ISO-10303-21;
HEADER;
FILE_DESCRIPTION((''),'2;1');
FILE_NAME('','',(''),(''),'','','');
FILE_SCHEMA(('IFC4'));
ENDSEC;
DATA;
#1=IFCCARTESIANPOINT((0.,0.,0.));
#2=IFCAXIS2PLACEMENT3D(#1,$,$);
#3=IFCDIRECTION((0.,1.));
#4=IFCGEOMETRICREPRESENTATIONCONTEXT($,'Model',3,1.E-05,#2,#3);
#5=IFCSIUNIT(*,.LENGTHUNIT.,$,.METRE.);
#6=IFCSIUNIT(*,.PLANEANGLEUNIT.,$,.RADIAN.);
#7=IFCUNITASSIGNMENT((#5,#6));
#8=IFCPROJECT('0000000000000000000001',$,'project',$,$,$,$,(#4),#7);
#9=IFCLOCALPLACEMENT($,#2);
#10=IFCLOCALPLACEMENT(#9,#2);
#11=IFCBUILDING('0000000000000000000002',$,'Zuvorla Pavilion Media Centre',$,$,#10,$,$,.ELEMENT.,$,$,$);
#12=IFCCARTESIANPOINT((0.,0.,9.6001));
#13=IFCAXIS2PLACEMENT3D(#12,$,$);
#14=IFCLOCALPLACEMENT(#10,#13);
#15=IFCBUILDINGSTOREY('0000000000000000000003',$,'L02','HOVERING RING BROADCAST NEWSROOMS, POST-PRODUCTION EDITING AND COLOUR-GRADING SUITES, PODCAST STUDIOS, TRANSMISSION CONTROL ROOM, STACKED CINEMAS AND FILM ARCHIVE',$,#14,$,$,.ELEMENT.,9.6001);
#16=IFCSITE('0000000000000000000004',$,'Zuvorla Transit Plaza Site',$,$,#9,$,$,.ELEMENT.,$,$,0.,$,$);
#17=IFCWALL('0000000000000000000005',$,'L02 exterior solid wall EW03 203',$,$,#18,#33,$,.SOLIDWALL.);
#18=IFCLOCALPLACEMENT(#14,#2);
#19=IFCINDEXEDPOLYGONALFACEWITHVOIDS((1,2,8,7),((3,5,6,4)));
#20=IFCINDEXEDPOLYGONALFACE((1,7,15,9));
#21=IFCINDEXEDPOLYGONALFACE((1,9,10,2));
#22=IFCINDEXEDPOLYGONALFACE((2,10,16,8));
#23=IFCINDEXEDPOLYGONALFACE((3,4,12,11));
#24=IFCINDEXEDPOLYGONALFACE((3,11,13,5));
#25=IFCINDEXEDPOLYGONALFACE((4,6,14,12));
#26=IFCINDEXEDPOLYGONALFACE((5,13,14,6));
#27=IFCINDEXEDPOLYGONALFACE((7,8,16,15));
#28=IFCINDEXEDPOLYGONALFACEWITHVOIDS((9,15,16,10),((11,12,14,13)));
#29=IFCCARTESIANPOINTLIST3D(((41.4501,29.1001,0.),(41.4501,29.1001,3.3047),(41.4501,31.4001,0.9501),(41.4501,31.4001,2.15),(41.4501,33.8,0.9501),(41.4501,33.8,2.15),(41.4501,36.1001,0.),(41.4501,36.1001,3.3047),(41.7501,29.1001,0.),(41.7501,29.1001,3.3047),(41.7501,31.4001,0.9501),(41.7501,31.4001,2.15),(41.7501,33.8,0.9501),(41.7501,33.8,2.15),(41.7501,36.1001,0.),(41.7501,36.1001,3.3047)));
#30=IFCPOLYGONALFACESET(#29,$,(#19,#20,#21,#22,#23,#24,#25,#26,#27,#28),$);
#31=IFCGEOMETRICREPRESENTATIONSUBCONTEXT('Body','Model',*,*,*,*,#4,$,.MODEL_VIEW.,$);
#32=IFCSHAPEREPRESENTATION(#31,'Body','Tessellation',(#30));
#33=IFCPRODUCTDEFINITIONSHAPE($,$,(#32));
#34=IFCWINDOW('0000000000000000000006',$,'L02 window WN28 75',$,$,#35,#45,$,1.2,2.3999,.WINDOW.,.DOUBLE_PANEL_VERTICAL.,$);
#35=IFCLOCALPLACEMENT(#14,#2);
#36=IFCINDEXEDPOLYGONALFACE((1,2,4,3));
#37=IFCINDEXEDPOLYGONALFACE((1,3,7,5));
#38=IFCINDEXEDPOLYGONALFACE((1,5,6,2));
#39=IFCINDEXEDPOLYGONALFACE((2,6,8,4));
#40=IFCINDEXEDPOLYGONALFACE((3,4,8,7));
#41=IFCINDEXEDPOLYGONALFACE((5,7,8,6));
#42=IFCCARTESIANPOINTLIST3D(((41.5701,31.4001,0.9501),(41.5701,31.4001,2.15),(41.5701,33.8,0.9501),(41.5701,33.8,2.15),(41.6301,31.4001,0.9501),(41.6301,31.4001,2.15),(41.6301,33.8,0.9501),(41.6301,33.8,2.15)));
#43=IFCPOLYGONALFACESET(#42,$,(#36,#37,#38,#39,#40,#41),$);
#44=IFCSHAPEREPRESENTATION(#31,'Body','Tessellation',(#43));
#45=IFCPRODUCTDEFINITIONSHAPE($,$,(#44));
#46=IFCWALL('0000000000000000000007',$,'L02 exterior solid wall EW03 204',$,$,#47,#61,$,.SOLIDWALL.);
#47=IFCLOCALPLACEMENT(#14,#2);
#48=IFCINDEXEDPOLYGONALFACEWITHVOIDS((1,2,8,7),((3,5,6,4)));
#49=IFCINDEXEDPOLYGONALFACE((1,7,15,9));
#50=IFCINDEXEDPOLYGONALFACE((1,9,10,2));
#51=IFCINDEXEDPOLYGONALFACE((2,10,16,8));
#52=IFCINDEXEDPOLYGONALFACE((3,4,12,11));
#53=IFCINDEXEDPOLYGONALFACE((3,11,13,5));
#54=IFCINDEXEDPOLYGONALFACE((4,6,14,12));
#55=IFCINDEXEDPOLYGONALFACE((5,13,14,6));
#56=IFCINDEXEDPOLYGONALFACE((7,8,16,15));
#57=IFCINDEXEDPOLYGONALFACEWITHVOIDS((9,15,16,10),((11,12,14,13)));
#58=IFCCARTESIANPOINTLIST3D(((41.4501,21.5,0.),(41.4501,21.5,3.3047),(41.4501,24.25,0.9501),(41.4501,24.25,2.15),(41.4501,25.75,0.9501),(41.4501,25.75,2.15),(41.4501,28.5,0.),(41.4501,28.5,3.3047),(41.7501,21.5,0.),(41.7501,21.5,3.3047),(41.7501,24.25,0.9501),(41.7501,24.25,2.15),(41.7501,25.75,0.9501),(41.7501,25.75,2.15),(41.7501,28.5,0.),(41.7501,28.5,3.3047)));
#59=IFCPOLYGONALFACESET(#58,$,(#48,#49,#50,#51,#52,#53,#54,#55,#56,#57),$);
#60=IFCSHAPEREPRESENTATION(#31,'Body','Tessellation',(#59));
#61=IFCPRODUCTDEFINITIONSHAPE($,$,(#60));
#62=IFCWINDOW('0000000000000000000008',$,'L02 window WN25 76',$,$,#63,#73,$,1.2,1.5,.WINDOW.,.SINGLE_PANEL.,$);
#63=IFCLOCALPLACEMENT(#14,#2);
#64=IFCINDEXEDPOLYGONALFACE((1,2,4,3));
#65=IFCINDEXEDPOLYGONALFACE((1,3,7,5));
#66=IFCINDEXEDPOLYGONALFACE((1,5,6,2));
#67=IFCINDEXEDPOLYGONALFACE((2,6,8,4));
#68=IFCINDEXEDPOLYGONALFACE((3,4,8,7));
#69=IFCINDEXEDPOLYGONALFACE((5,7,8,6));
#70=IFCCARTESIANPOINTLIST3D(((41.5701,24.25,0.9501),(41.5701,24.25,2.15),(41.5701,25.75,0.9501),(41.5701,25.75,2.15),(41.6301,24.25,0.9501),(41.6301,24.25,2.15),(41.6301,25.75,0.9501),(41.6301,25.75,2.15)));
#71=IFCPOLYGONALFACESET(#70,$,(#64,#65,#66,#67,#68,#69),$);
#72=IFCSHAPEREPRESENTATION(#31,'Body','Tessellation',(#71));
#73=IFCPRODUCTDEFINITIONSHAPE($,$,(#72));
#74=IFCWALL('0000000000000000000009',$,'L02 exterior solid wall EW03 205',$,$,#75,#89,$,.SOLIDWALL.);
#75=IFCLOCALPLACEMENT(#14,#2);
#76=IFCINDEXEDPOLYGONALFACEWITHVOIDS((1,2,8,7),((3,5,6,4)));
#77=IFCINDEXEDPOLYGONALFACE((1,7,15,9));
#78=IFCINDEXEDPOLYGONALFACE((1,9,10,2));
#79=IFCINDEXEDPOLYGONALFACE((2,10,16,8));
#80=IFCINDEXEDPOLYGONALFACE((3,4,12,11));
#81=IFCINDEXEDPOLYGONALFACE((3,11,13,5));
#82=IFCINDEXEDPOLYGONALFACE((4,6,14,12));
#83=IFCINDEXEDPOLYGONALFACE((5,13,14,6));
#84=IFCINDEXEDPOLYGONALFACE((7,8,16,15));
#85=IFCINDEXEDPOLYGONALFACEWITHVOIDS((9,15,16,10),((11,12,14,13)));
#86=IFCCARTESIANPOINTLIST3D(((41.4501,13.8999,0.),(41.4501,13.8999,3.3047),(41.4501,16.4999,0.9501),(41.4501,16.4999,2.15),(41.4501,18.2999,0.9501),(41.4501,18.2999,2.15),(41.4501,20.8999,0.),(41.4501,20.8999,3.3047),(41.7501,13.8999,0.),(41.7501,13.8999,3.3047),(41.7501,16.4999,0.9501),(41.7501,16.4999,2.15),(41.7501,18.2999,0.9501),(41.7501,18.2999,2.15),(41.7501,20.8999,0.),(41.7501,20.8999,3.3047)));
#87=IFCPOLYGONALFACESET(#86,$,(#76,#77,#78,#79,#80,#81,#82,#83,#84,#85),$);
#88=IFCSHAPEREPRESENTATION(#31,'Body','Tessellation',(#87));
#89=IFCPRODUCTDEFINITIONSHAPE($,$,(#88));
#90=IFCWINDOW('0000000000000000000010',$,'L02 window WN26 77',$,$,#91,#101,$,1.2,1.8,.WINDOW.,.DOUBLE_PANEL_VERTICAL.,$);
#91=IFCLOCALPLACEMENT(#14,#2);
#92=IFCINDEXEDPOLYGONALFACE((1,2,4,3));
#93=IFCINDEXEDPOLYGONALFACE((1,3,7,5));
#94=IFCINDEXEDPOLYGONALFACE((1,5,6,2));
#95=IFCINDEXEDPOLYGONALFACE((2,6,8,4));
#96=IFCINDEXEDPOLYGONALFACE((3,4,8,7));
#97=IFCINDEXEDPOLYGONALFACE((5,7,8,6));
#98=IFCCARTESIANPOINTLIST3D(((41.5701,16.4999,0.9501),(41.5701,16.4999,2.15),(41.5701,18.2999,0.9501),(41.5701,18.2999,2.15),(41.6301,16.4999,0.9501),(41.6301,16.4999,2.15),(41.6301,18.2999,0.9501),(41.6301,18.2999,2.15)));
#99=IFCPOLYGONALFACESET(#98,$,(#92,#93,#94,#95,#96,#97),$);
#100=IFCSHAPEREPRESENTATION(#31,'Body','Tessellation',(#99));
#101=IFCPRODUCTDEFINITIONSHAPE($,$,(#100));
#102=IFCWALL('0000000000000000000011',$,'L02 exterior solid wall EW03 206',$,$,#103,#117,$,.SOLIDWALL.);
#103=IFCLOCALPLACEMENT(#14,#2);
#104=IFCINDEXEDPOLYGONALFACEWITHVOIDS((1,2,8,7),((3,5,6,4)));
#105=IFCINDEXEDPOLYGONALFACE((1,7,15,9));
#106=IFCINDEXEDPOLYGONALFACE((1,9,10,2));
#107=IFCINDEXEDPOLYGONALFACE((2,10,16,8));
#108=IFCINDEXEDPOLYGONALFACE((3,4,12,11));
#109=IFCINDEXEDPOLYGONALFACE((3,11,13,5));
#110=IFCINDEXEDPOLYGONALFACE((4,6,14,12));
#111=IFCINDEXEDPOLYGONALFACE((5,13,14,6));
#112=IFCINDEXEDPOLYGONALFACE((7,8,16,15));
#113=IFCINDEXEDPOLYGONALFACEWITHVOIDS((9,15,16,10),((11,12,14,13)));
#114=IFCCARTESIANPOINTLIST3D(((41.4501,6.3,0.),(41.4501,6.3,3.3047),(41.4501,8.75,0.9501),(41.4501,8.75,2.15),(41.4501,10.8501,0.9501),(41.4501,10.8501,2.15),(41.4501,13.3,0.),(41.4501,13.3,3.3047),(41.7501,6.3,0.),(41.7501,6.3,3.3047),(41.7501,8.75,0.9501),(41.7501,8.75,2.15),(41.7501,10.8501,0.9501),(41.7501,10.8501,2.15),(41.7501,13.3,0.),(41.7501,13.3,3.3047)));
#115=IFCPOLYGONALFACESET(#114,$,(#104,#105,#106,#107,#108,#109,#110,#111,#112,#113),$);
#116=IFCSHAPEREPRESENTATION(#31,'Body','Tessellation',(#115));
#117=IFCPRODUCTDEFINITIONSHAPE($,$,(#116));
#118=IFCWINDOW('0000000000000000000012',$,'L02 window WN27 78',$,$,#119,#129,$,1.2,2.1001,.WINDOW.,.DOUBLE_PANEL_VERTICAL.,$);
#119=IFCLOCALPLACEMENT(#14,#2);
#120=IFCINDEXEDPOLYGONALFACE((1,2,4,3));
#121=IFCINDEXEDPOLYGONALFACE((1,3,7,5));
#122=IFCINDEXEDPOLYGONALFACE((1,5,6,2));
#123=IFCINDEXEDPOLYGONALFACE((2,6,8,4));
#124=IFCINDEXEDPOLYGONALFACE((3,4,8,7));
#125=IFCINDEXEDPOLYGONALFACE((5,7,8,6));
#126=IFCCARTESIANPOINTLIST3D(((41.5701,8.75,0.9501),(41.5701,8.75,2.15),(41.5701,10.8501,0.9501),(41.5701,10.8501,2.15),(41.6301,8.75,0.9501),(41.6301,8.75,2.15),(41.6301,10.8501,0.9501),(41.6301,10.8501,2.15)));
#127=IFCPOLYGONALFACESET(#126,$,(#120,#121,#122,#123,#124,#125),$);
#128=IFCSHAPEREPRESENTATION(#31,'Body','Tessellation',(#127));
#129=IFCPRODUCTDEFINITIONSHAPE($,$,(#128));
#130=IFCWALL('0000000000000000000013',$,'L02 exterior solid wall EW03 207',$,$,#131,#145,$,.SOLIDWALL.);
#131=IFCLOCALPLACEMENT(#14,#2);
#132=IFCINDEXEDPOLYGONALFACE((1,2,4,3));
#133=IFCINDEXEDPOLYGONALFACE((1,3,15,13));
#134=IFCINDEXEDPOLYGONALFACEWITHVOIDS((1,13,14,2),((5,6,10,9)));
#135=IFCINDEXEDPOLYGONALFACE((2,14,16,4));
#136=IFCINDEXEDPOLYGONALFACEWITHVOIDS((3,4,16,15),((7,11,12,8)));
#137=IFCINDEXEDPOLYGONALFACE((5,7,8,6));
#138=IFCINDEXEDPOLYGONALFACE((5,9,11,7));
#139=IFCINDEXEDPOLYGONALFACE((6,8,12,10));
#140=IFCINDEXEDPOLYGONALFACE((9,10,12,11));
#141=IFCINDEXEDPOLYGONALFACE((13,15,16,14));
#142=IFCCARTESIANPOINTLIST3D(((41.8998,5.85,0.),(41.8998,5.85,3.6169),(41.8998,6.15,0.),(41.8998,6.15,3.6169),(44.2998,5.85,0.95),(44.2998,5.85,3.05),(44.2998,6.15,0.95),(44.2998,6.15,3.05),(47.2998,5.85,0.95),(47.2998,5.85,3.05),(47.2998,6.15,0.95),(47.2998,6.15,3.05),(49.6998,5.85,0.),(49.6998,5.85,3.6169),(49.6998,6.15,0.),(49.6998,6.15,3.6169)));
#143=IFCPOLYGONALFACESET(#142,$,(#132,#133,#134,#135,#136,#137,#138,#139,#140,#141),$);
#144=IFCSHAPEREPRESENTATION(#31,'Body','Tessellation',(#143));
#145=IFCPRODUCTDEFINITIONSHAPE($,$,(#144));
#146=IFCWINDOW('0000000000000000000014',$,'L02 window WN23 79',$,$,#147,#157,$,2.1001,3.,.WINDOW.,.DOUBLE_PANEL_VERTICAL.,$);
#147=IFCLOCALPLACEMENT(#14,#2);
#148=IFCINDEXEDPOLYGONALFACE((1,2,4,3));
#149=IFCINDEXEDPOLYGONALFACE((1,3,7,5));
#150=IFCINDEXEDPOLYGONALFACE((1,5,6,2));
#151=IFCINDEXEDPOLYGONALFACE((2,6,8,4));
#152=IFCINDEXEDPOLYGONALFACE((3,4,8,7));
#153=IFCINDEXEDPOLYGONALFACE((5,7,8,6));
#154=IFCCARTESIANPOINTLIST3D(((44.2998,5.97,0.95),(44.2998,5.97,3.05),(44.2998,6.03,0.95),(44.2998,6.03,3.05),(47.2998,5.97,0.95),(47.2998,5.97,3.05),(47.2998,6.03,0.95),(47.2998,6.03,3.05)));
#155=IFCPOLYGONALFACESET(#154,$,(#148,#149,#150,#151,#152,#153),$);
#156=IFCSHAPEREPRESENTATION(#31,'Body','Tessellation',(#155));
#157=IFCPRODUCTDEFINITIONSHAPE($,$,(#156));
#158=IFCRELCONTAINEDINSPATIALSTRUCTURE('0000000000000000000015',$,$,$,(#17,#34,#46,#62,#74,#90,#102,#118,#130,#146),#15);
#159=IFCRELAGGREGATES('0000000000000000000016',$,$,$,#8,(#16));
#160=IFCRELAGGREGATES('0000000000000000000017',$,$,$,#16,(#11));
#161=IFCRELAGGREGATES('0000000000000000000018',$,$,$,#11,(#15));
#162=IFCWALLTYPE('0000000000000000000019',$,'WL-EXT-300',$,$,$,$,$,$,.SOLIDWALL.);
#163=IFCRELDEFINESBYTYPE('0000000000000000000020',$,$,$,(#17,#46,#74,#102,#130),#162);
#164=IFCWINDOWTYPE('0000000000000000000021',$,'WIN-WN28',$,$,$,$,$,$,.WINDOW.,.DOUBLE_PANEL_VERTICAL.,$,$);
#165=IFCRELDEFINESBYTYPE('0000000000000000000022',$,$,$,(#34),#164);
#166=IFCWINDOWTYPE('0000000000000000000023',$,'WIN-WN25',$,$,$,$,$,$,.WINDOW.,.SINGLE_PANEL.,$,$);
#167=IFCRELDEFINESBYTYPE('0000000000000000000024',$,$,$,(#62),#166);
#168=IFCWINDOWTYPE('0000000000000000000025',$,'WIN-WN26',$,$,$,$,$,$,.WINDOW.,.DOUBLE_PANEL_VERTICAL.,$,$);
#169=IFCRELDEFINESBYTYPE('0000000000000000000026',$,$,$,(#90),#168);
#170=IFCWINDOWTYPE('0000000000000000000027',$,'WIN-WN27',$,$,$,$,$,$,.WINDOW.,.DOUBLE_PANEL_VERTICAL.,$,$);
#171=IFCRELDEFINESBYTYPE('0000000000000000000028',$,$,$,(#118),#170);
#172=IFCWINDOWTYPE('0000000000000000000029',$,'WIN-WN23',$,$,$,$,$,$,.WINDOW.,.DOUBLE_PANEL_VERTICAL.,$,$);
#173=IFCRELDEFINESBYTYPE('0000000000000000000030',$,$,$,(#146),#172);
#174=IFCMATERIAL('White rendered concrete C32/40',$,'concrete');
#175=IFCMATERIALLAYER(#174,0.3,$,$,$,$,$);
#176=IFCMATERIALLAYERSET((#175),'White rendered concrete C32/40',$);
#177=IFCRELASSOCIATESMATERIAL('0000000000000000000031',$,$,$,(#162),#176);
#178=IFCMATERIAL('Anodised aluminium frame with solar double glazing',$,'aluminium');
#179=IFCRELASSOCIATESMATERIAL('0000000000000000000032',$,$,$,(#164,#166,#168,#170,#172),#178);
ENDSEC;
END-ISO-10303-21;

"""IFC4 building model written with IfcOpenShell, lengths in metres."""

from ifc_helpers import new_model, si_unit, direction, frame, frame_2d, origin, place, context, subcontext, project, spatial, rectangle, extrude, material, layer, layer_set, type_object, element, fill, save


model = new_model("IFC4")

# Units and contexts
model_context = context("Model", 3, precision=1e-05, world=origin(), true_north=direction((0.0, 1.0)))
body_context = subcontext(model_context, "Body", "Model", "MODEL_VIEW")
ifc_project = project(units=[si_unit("LENGTHUNIT", "METRE"), si_unit("PLANEANGLEUNIT", "RADIAN")], contexts=[model_context])

# Site, building, storey
site_placement = place(None, origin())
site = spatial("IfcSite", under=ifc_project, at=site_placement, Name="Zuvorla Transit Plaza Site", CompositionType="ELEMENT", RefElevation=0.0)
building_placement = place(site_placement, origin())
building = spatial("IfcBuilding", under=site, at=building_placement, Name="Zuvorla Pavilion Media Centre", CompositionType="ELEMENT")
storey_placement = place(building_placement, frame((0.0, 0.0, 9.6001)))
storey = spatial("IfcBuildingStorey", under=building, at=storey_placement, Name="L02", Description="HOVERING RING BROADCAST NEWSROOMS, POST-PRODUCTION EDITING AND COLOUR-GRADING SUITES, PODCAST STUDIOS, TRANSMISSION CONTROL ROOM, STACKED CINEMAS AND FILM ARCHIVE", CompositionType="ELEMENT", Elevation=9.6001)

# Walls, openings, windows
ifc_material_1 = material(Name="White rendered concrete C32/40", Category="concrete")
ifc_layer_1 = layer(ifc_material_1, 0.3)
ifc_layer_set_1 = layer_set([ifc_layer_1], Name="White rendered concrete C32/40")
wall_type_1 = type_object("IfcWallType", Name="WL-EXT-300", PredefinedType="SOLIDWALL", material=ifc_layer_set_1)
wall_1_placement = place(storey_placement, frame((41.6001, 36.1001, 0.0), z_axis=(0.0, 0.0, 1.0), x_axis=(0.0, -1.0, 0.0)))
wall_1 = element("IfcWall", 1, at=wall_1_placement, inside=storey, type_object=wall_type_1, Name="L02 exterior solid wall EW03 203", PredefinedType="SOLIDWALL", context=body_context, shape_type="SweptSolid", body=[
    extrude(rectangle(XDim=7.0, YDim=0.3, at=frame_2d((3.5, 0.0))), origin(), (0.0, 0.0, 1.0), 3.3047),
])
opening_1_placement = place(wall_1_placement, frame((2.3, 0.0, 0.95)))
opening_1 = element("IfcOpeningElement", 2, at=opening_1_placement, cuts=wall_1, PredefinedType="OPENING", context=body_context, shape_type="SweptSolid", body=[
    extrude(rectangle(XDim=2.3999, YDim=1.2, at=frame_2d((1.2, 0.6001))), frame((0.0, 0.1599, 0.0), z_axis=(0.0, -1.0, 0.0), x_axis=(1.0, 0.0, 0.0)), (0.0, 0.0, 1.0), 0.3201),
])
ifc_material_2 = material(Name="Anodised aluminium frame with solar double glazing", Category="aluminium")
window_type_1 = type_object("IfcWindowType", Name="WIN-WN28", PartitioningType="DOUBLE_PANEL_VERTICAL", PredefinedType="WINDOW", material=ifc_material_2)
window_1_placement = place(opening_1_placement, origin())
window_1 = element("IfcWindow", 3, at=window_1_placement, inside=storey, type_object=window_type_1, Name="L02 window WN28 75", OverallHeight=1.2, OverallWidth=2.3999, PartitioningType="DOUBLE_PANEL_VERTICAL", PredefinedType="WINDOW", context=body_context, shape_type="SweptSolid", body=[
    extrude(rectangle(XDim=2.3999, YDim=1.2, at=frame_2d((1.2, 0.6001))), frame((0.0, 0.03, 0.0), z_axis=(0.0, -1.0, 0.0), x_axis=(1.0, 0.0, 0.0)), (0.0, 0.0, 1.0), 0.0601),
])
fill(opening_1, window_1)
wall_2_placement = place(storey_placement, frame((41.6001, 28.5, 0.0), z_axis=(0.0, 0.0, 1.0), x_axis=(0.0, -1.0, 0.0)))
wall_2 = element("IfcWall", 4, at=wall_2_placement, inside=storey, type_object=wall_type_1, Name="L02 exterior solid wall EW03 204", PredefinedType="SOLIDWALL", context=body_context, shape_type="SweptSolid", body=[
    extrude(rectangle(XDim=7.0, YDim=0.3, at=frame_2d((3.5, 0.0))), origin(), (0.0, 0.0, 1.0), 3.3047),
])
opening_2_placement = place(wall_2_placement, frame((2.75, 0.0, 0.95)))
opening_2 = element("IfcOpeningElement", 5, at=opening_2_placement, cuts=wall_2, PredefinedType="OPENING", context=body_context, shape_type="SweptSolid", body=[
    extrude(rectangle(XDim=1.5, YDim=1.2, at=frame_2d((0.75, 0.6001))), frame((0.0, 0.1599, 0.0), z_axis=(0.0, -1.0, 0.0), x_axis=(1.0, 0.0, 0.0)), (0.0, 0.0, 1.0), 0.3201),
])
window_type_2 = type_object("IfcWindowType", Name="WIN-WN25", PartitioningType="SINGLE_PANEL", PredefinedType="WINDOW", material=ifc_material_2)
window_2_placement = place(opening_2_placement, origin())
window_2 = element("IfcWindow", 6, at=window_2_placement, inside=storey, type_object=window_type_2, Name="L02 window WN25 76", OverallHeight=1.2, OverallWidth=1.5, PartitioningType="SINGLE_PANEL", PredefinedType="WINDOW", context=body_context, shape_type="SweptSolid", body=[
    extrude(rectangle(XDim=1.5, YDim=1.2, at=frame_2d((0.75, 0.6001))), frame((0.0, 0.03, 0.0), z_axis=(0.0, -1.0, 0.0), x_axis=(1.0, 0.0, 0.0)), (0.0, 0.0, 1.0), 0.0601),
])
fill(opening_2, window_2)
wall_3_placement = place(storey_placement, frame((41.6001, 20.8999, 0.0), z_axis=(0.0, 0.0, 1.0), x_axis=(0.0, -1.0, 0.0)))
wall_3 = element("IfcWall", 7, at=wall_3_placement, inside=storey, type_object=wall_type_1, Name="L02 exterior solid wall EW03 205", PredefinedType="SOLIDWALL", context=body_context, shape_type="SweptSolid", body=[
    extrude(rectangle(XDim=7.0, YDim=0.3, at=frame_2d((3.5, 0.0))), origin(), (0.0, 0.0, 1.0), 3.3047),
])
opening_3_placement = place(wall_3_placement, frame((2.6001, 0.0, 0.95)))
opening_3 = element("IfcOpeningElement", 8, at=opening_3_placement, cuts=wall_3, PredefinedType="OPENING", context=body_context, shape_type="SweptSolid", body=[
    extrude(rectangle(XDim=1.8, YDim=1.2, at=frame_2d((0.8999, 0.6001))), frame((0.0, 0.1599, 0.0), z_axis=(0.0, -1.0, 0.0), x_axis=(1.0, 0.0, 0.0)), (0.0, 0.0, 1.0), 0.3201),
])
window_type_3 = type_object("IfcWindowType", Name="WIN-WN26", PartitioningType="DOUBLE_PANEL_VERTICAL", PredefinedType="WINDOW", material=ifc_material_2)
window_3_placement = place(opening_3_placement, origin())
window_3 = element("IfcWindow", 9, at=window_3_placement, inside=storey, type_object=window_type_3, Name="L02 window WN26 77", OverallHeight=1.2, OverallWidth=1.8, PartitioningType="DOUBLE_PANEL_VERTICAL", PredefinedType="WINDOW", context=body_context, shape_type="SweptSolid", body=[
    extrude(rectangle(XDim=1.8, YDim=1.2, at=frame_2d((0.8999, 0.6001))), frame((0.0, 0.03, 0.0), z_axis=(0.0, -1.0, 0.0), x_axis=(1.0, 0.0, 0.0)), (0.0, 0.0, 1.0), 0.0601),
])
fill(opening_3, window_3)
wall_4_placement = place(storey_placement, frame((41.6001, 13.3, 0.0), z_axis=(0.0, 0.0, 1.0), x_axis=(0.0, -1.0, 0.0)))
wall_4 = element("IfcWall", 10, at=wall_4_placement, inside=storey, type_object=wall_type_1, Name="L02 exterior solid wall EW03 206", PredefinedType="SOLIDWALL", context=body_context, shape_type="SweptSolid", body=[
    extrude(rectangle(XDim=7.0, YDim=0.3, at=frame_2d((3.5, 0.0))), origin(), (0.0, 0.0, 1.0), 3.3047),
])
opening_4_placement = place(wall_4_placement, frame((2.45, 0.0, 0.95)))
opening_4 = element("IfcOpeningElement", 11, at=opening_4_placement, cuts=wall_4, PredefinedType="OPENING", context=body_context, shape_type="SweptSolid", body=[
    extrude(rectangle(XDim=2.1001, YDim=1.2, at=frame_2d((1.05, 0.6001))), frame((0.0, 0.1599, 0.0), z_axis=(0.0, -1.0, 0.0), x_axis=(1.0, 0.0, 0.0)), (0.0, 0.0, 1.0), 0.3201),
])
window_type_4 = type_object("IfcWindowType", Name="WIN-WN27", PartitioningType="DOUBLE_PANEL_VERTICAL", PredefinedType="WINDOW", material=ifc_material_2)
window_4_placement = place(opening_4_placement, origin())
window_4 = element("IfcWindow", 12, at=window_4_placement, inside=storey, type_object=window_type_4, Name="L02 window WN27 78", OverallHeight=1.2, OverallWidth=2.1001, PartitioningType="DOUBLE_PANEL_VERTICAL", PredefinedType="WINDOW", context=body_context, shape_type="SweptSolid", body=[
    extrude(rectangle(XDim=2.1001, YDim=1.2, at=frame_2d((1.05, 0.6001))), frame((0.0, 0.03, 0.0), z_axis=(0.0, -1.0, 0.0), x_axis=(1.0, 0.0, 0.0)), (0.0, 0.0, 1.0), 0.0601),
])
fill(opening_4, window_4)
wall_5_placement = place(storey_placement, frame((41.8999, 6.0, 0.0), z_axis=(0.0, 0.0, 1.0), x_axis=(1.0, 0.0, 0.0)))
wall_5 = element("IfcWall", 13, at=wall_5_placement, inside=storey, type_object=wall_type_1, Name="L02 exterior solid wall EW03 207", PredefinedType="SOLIDWALL", context=body_context, shape_type="SweptSolid", body=[
    extrude(rectangle(XDim=7.8, YDim=0.3, at=frame_2d((3.8999, 0.0))), origin(), (0.0, 0.0, 1.0), 3.6169),
])
opening_5_placement = place(wall_5_placement, frame((2.3999, 0.0, 0.95)))
opening_5 = element("IfcOpeningElement", 14, at=opening_5_placement, cuts=wall_5, PredefinedType="OPENING", context=body_context, shape_type="SweptSolid", body=[
    extrude(rectangle(XDim=3.0, YDim=2.1001, at=frame_2d((1.5, 1.05))), frame((0.0, 0.1599, 0.0), z_axis=(0.0, -1.0, 0.0), x_axis=(1.0, 0.0, 0.0)), (0.0, 0.0, 1.0), 0.3201),
])
window_type_5 = type_object("IfcWindowType", Name="WIN-WN23", PartitioningType="DOUBLE_PANEL_VERTICAL", PredefinedType="WINDOW", material=ifc_material_2)
window_5_placement = place(opening_5_placement, origin())
window_5 = element("IfcWindow", 15, at=window_5_placement, inside=storey, type_object=window_type_5, Name="L02 window WN23 79", OverallHeight=2.1001, OverallWidth=3.0, PartitioningType="DOUBLE_PANEL_VERTICAL", PredefinedType="WINDOW", context=body_context, shape_type="SweptSolid", body=[
    extrude(rectangle(XDim=3.0, YDim=2.1001, at=frame_2d((1.5, 1.05))), frame((0.0, 0.03, 0.0), z_axis=(0.0, -1.0, 0.0), x_axis=(1.0, 0.0, 0.0)), (0.0, 0.0, 1.0), 0.0601),
])
fill(opening_5, window_5)

save(model, "model.ifc")
